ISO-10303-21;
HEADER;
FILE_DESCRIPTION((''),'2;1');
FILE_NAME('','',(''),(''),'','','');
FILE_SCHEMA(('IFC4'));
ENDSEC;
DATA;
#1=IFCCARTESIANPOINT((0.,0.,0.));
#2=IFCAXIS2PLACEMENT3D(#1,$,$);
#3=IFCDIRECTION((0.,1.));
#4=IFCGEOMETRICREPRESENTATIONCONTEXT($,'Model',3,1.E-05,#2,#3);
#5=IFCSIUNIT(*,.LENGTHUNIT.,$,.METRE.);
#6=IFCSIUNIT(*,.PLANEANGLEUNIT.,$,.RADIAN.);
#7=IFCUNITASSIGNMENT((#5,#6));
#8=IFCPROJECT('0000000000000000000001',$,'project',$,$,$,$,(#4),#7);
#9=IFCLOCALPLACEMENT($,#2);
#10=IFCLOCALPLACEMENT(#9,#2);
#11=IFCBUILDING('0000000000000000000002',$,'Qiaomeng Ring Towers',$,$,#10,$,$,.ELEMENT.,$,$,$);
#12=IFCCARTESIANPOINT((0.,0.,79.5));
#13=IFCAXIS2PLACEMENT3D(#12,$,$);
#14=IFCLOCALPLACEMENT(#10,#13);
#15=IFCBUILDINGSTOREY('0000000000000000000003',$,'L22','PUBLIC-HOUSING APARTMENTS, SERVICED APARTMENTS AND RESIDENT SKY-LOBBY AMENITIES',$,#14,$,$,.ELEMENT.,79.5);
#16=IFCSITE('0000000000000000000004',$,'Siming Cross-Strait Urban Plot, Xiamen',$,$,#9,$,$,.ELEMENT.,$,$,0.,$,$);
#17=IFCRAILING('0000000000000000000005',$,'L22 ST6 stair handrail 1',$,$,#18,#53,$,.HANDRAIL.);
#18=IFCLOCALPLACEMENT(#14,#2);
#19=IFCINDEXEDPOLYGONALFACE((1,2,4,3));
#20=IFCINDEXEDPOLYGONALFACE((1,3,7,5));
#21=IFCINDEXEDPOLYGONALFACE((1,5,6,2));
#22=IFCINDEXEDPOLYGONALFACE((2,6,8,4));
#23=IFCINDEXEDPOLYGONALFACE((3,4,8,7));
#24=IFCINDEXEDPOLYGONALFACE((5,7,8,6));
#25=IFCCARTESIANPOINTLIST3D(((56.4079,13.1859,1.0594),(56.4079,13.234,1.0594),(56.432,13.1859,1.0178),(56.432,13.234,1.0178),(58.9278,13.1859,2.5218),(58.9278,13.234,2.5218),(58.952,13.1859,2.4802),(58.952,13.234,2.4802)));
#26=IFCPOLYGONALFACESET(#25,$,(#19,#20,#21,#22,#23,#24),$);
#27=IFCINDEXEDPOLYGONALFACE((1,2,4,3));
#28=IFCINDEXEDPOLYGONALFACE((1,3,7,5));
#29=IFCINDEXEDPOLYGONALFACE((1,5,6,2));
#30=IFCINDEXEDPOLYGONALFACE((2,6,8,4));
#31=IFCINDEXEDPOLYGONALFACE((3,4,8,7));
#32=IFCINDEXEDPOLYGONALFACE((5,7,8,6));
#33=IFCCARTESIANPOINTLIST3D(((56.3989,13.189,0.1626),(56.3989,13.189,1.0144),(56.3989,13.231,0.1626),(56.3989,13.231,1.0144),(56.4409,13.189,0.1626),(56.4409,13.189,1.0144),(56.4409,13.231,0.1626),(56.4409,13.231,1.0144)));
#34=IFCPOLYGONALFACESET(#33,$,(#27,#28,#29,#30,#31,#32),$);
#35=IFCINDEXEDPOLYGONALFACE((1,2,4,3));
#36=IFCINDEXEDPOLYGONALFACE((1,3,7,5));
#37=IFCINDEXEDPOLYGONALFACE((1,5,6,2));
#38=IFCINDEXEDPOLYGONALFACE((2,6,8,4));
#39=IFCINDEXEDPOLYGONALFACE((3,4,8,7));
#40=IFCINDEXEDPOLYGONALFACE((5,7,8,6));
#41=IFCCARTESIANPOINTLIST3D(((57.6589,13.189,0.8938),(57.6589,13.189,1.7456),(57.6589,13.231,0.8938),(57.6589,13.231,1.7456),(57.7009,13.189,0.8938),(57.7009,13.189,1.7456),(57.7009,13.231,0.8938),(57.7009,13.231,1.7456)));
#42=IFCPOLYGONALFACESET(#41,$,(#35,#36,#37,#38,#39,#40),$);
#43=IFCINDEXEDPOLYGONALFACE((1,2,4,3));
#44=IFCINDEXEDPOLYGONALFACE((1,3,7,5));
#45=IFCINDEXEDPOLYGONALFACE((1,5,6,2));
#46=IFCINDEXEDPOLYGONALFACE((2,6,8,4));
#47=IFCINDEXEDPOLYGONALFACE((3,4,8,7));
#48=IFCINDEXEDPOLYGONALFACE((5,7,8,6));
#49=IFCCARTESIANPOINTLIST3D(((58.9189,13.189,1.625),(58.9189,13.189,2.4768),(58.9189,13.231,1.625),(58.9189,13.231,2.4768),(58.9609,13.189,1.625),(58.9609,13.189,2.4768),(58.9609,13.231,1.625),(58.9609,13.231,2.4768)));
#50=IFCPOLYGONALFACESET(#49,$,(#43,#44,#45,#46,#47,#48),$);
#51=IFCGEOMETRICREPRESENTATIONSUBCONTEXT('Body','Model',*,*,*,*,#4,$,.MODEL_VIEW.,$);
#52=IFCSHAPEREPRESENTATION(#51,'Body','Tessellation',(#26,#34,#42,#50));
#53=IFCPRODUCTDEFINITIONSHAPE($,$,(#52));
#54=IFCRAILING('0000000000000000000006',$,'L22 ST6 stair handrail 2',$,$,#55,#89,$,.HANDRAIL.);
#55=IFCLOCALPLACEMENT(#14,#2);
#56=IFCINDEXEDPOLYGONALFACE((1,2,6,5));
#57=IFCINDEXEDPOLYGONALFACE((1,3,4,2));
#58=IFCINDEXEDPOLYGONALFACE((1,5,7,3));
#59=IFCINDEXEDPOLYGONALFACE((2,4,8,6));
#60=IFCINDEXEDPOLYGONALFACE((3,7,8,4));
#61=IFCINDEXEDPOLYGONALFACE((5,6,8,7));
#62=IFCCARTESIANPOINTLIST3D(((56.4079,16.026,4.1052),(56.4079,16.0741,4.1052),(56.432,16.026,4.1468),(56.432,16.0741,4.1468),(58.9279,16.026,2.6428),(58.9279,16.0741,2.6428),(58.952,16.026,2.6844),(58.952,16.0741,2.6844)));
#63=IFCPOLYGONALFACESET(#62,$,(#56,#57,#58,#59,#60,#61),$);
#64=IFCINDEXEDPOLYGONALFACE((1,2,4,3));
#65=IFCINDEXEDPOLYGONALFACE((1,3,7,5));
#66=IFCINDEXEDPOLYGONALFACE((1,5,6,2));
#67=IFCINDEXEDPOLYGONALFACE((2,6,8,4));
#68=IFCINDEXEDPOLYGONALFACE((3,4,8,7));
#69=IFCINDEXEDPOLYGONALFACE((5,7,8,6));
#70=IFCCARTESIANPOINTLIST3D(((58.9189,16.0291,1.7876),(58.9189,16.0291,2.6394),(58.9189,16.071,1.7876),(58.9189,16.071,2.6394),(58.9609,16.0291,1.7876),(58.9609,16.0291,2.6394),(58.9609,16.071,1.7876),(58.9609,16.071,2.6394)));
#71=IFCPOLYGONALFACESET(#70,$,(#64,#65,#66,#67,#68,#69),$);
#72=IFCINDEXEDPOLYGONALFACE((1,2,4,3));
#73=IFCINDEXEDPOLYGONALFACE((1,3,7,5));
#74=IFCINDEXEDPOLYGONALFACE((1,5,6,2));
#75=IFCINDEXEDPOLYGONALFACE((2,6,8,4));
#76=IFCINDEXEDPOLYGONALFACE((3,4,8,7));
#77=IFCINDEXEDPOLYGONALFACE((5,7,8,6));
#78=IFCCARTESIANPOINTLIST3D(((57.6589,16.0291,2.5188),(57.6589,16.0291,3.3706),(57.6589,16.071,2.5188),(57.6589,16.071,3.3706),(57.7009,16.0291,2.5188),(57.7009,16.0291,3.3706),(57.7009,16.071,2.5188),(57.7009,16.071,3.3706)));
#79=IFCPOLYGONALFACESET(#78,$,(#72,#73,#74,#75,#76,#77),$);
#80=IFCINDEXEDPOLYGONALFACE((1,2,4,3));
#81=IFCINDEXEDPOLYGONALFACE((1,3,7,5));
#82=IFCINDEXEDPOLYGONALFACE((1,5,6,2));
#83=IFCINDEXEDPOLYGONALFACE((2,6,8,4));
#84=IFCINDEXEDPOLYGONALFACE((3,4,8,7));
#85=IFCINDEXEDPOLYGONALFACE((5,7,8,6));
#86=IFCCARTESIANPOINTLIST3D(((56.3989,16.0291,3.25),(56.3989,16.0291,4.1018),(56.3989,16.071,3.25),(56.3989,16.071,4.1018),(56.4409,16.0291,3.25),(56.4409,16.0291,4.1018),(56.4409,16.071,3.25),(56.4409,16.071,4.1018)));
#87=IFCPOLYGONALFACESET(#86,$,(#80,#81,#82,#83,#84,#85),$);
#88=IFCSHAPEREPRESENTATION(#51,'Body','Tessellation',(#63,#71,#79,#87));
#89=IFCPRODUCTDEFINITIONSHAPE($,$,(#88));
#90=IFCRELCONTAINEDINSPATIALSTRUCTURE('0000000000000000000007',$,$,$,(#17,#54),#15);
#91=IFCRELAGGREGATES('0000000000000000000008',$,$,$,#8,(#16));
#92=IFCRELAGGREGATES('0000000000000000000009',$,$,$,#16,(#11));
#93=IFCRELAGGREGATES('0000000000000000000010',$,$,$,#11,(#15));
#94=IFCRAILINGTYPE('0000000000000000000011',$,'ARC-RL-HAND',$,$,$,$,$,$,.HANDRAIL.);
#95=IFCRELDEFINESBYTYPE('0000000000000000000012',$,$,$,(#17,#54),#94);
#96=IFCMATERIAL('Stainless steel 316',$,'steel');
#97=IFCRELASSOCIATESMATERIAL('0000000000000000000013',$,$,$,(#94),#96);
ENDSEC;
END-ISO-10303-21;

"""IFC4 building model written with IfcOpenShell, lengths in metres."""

from ifc_helpers import new_model, si_unit, direction, frame, origin, origin_2d, place, context, subcontext, project, spatial, rectangle, extrude, material, type_object, element, save


model = new_model("IFC4")

# Units and contexts
model_context = context("Model", 3, precision=1e-05, world=origin(), true_north=direction((0.0, 1.0)))
body_context = subcontext(model_context, "Body", "Model", "MODEL_VIEW")
ifc_project = project(units=[si_unit("LENGTHUNIT", "METRE"), si_unit("PLANEANGLEUNIT", "RADIAN")], contexts=[model_context])

# Site, building, storey
site_placement = place(None, origin())
site = spatial("IfcSite", under=ifc_project, at=site_placement, Name="Siming Cross-Strait Urban Plot, Xiamen", CompositionType="ELEMENT", RefElevation=0.0)
building_placement = place(site_placement, origin())
building = spatial("IfcBuilding", under=site, at=building_placement, Name="Qiaomeng Ring Towers", CompositionType="ELEMENT")
storey_placement = place(building_placement, frame((0.0, 0.0, 79.5)))
storey = spatial("IfcBuildingStorey", under=building, at=storey_placement, Name="L22", Description="PUBLIC-HOUSING APARTMENTS, SERVICED APARTMENTS AND RESIDENT SKY-LOBBY AMENITIES", CompositionType="ELEMENT", Elevation=79.5)

# Shared definitions
ifc_material_1 = material(Name="Stainless steel 316", Category="steel")

# Railings
railing_type_1 = type_object("IfcRailingType", Name="ARC-RL-HAND", PredefinedType="HANDRAIL", material=ifc_material_1)
railing_1_placement = place(storey_placement, frame((56.4199, 13.21, 0.1626)))
element("IfcRailing", 1, at=railing_1_placement, inside=storey, type_object=railing_type_1, Name="L22 ST6 stair handrail 1", PredefinedType="HANDRAIL", context=body_context, shape_type="SweptSolid", body=[
    extrude(rectangle(XDim=0.0481, YDim=0.0481, at=origin_2d()), frame((0.0, 0.0, 0.876), z_axis=(0.864913, 0.0, 0.501921), x_axis=(0.0, 1.0, 0.0)), (0.0, 0.0, 1.0), 2.9136),
    extrude(rectangle(XDim=0.042, YDim=0.042, at=origin_2d()), origin(), (0.0, 0.0, 1.0), 0.8518),
    extrude(rectangle(XDim=0.042, YDim=0.042, at=origin_2d()), frame((1.26, 0.0, 0.7312)), (0.0, 0.0, 1.0), 0.8518),
    extrude(rectangle(XDim=0.042, YDim=0.042, at=origin_2d()), frame((2.52, 0.0, 1.4624)), (0.0, 0.0, 1.0), 0.8518),
])
railing_2_placement = place(storey_placement, frame((58.9399, 16.05, 1.7876)))
element("IfcRailing", 2, at=railing_2_placement, inside=storey, type_object=railing_type_1, Name="L22 ST6 stair handrail 2", PredefinedType="HANDRAIL", context=body_context, shape_type="SweptSolid", body=[
    extrude(rectangle(XDim=0.0481, YDim=0.0481, at=origin_2d()), frame((0.0, 0.0, 0.876), z_axis=(-0.864913, 0.0, 0.501921), x_axis=(0.0, -1.0, 0.0)), (0.0, 0.0, 1.0), 2.9136),
    extrude(rectangle(XDim=0.042, YDim=0.042, at=origin_2d()), origin(), (0.0, 0.0, 1.0), 0.8518),
    extrude(rectangle(XDim=0.042, YDim=0.042, at=origin_2d()), frame((-1.26, 0.0, 0.7312)), (0.0, 0.0, 1.0), 0.8518),
    extrude(rectangle(XDim=0.042, YDim=0.042, at=origin_2d()), frame((-2.52, 0.0, 1.4624)), (0.0, 0.0, 1.0), 0.8518),
])

save(model, "model.ifc")
